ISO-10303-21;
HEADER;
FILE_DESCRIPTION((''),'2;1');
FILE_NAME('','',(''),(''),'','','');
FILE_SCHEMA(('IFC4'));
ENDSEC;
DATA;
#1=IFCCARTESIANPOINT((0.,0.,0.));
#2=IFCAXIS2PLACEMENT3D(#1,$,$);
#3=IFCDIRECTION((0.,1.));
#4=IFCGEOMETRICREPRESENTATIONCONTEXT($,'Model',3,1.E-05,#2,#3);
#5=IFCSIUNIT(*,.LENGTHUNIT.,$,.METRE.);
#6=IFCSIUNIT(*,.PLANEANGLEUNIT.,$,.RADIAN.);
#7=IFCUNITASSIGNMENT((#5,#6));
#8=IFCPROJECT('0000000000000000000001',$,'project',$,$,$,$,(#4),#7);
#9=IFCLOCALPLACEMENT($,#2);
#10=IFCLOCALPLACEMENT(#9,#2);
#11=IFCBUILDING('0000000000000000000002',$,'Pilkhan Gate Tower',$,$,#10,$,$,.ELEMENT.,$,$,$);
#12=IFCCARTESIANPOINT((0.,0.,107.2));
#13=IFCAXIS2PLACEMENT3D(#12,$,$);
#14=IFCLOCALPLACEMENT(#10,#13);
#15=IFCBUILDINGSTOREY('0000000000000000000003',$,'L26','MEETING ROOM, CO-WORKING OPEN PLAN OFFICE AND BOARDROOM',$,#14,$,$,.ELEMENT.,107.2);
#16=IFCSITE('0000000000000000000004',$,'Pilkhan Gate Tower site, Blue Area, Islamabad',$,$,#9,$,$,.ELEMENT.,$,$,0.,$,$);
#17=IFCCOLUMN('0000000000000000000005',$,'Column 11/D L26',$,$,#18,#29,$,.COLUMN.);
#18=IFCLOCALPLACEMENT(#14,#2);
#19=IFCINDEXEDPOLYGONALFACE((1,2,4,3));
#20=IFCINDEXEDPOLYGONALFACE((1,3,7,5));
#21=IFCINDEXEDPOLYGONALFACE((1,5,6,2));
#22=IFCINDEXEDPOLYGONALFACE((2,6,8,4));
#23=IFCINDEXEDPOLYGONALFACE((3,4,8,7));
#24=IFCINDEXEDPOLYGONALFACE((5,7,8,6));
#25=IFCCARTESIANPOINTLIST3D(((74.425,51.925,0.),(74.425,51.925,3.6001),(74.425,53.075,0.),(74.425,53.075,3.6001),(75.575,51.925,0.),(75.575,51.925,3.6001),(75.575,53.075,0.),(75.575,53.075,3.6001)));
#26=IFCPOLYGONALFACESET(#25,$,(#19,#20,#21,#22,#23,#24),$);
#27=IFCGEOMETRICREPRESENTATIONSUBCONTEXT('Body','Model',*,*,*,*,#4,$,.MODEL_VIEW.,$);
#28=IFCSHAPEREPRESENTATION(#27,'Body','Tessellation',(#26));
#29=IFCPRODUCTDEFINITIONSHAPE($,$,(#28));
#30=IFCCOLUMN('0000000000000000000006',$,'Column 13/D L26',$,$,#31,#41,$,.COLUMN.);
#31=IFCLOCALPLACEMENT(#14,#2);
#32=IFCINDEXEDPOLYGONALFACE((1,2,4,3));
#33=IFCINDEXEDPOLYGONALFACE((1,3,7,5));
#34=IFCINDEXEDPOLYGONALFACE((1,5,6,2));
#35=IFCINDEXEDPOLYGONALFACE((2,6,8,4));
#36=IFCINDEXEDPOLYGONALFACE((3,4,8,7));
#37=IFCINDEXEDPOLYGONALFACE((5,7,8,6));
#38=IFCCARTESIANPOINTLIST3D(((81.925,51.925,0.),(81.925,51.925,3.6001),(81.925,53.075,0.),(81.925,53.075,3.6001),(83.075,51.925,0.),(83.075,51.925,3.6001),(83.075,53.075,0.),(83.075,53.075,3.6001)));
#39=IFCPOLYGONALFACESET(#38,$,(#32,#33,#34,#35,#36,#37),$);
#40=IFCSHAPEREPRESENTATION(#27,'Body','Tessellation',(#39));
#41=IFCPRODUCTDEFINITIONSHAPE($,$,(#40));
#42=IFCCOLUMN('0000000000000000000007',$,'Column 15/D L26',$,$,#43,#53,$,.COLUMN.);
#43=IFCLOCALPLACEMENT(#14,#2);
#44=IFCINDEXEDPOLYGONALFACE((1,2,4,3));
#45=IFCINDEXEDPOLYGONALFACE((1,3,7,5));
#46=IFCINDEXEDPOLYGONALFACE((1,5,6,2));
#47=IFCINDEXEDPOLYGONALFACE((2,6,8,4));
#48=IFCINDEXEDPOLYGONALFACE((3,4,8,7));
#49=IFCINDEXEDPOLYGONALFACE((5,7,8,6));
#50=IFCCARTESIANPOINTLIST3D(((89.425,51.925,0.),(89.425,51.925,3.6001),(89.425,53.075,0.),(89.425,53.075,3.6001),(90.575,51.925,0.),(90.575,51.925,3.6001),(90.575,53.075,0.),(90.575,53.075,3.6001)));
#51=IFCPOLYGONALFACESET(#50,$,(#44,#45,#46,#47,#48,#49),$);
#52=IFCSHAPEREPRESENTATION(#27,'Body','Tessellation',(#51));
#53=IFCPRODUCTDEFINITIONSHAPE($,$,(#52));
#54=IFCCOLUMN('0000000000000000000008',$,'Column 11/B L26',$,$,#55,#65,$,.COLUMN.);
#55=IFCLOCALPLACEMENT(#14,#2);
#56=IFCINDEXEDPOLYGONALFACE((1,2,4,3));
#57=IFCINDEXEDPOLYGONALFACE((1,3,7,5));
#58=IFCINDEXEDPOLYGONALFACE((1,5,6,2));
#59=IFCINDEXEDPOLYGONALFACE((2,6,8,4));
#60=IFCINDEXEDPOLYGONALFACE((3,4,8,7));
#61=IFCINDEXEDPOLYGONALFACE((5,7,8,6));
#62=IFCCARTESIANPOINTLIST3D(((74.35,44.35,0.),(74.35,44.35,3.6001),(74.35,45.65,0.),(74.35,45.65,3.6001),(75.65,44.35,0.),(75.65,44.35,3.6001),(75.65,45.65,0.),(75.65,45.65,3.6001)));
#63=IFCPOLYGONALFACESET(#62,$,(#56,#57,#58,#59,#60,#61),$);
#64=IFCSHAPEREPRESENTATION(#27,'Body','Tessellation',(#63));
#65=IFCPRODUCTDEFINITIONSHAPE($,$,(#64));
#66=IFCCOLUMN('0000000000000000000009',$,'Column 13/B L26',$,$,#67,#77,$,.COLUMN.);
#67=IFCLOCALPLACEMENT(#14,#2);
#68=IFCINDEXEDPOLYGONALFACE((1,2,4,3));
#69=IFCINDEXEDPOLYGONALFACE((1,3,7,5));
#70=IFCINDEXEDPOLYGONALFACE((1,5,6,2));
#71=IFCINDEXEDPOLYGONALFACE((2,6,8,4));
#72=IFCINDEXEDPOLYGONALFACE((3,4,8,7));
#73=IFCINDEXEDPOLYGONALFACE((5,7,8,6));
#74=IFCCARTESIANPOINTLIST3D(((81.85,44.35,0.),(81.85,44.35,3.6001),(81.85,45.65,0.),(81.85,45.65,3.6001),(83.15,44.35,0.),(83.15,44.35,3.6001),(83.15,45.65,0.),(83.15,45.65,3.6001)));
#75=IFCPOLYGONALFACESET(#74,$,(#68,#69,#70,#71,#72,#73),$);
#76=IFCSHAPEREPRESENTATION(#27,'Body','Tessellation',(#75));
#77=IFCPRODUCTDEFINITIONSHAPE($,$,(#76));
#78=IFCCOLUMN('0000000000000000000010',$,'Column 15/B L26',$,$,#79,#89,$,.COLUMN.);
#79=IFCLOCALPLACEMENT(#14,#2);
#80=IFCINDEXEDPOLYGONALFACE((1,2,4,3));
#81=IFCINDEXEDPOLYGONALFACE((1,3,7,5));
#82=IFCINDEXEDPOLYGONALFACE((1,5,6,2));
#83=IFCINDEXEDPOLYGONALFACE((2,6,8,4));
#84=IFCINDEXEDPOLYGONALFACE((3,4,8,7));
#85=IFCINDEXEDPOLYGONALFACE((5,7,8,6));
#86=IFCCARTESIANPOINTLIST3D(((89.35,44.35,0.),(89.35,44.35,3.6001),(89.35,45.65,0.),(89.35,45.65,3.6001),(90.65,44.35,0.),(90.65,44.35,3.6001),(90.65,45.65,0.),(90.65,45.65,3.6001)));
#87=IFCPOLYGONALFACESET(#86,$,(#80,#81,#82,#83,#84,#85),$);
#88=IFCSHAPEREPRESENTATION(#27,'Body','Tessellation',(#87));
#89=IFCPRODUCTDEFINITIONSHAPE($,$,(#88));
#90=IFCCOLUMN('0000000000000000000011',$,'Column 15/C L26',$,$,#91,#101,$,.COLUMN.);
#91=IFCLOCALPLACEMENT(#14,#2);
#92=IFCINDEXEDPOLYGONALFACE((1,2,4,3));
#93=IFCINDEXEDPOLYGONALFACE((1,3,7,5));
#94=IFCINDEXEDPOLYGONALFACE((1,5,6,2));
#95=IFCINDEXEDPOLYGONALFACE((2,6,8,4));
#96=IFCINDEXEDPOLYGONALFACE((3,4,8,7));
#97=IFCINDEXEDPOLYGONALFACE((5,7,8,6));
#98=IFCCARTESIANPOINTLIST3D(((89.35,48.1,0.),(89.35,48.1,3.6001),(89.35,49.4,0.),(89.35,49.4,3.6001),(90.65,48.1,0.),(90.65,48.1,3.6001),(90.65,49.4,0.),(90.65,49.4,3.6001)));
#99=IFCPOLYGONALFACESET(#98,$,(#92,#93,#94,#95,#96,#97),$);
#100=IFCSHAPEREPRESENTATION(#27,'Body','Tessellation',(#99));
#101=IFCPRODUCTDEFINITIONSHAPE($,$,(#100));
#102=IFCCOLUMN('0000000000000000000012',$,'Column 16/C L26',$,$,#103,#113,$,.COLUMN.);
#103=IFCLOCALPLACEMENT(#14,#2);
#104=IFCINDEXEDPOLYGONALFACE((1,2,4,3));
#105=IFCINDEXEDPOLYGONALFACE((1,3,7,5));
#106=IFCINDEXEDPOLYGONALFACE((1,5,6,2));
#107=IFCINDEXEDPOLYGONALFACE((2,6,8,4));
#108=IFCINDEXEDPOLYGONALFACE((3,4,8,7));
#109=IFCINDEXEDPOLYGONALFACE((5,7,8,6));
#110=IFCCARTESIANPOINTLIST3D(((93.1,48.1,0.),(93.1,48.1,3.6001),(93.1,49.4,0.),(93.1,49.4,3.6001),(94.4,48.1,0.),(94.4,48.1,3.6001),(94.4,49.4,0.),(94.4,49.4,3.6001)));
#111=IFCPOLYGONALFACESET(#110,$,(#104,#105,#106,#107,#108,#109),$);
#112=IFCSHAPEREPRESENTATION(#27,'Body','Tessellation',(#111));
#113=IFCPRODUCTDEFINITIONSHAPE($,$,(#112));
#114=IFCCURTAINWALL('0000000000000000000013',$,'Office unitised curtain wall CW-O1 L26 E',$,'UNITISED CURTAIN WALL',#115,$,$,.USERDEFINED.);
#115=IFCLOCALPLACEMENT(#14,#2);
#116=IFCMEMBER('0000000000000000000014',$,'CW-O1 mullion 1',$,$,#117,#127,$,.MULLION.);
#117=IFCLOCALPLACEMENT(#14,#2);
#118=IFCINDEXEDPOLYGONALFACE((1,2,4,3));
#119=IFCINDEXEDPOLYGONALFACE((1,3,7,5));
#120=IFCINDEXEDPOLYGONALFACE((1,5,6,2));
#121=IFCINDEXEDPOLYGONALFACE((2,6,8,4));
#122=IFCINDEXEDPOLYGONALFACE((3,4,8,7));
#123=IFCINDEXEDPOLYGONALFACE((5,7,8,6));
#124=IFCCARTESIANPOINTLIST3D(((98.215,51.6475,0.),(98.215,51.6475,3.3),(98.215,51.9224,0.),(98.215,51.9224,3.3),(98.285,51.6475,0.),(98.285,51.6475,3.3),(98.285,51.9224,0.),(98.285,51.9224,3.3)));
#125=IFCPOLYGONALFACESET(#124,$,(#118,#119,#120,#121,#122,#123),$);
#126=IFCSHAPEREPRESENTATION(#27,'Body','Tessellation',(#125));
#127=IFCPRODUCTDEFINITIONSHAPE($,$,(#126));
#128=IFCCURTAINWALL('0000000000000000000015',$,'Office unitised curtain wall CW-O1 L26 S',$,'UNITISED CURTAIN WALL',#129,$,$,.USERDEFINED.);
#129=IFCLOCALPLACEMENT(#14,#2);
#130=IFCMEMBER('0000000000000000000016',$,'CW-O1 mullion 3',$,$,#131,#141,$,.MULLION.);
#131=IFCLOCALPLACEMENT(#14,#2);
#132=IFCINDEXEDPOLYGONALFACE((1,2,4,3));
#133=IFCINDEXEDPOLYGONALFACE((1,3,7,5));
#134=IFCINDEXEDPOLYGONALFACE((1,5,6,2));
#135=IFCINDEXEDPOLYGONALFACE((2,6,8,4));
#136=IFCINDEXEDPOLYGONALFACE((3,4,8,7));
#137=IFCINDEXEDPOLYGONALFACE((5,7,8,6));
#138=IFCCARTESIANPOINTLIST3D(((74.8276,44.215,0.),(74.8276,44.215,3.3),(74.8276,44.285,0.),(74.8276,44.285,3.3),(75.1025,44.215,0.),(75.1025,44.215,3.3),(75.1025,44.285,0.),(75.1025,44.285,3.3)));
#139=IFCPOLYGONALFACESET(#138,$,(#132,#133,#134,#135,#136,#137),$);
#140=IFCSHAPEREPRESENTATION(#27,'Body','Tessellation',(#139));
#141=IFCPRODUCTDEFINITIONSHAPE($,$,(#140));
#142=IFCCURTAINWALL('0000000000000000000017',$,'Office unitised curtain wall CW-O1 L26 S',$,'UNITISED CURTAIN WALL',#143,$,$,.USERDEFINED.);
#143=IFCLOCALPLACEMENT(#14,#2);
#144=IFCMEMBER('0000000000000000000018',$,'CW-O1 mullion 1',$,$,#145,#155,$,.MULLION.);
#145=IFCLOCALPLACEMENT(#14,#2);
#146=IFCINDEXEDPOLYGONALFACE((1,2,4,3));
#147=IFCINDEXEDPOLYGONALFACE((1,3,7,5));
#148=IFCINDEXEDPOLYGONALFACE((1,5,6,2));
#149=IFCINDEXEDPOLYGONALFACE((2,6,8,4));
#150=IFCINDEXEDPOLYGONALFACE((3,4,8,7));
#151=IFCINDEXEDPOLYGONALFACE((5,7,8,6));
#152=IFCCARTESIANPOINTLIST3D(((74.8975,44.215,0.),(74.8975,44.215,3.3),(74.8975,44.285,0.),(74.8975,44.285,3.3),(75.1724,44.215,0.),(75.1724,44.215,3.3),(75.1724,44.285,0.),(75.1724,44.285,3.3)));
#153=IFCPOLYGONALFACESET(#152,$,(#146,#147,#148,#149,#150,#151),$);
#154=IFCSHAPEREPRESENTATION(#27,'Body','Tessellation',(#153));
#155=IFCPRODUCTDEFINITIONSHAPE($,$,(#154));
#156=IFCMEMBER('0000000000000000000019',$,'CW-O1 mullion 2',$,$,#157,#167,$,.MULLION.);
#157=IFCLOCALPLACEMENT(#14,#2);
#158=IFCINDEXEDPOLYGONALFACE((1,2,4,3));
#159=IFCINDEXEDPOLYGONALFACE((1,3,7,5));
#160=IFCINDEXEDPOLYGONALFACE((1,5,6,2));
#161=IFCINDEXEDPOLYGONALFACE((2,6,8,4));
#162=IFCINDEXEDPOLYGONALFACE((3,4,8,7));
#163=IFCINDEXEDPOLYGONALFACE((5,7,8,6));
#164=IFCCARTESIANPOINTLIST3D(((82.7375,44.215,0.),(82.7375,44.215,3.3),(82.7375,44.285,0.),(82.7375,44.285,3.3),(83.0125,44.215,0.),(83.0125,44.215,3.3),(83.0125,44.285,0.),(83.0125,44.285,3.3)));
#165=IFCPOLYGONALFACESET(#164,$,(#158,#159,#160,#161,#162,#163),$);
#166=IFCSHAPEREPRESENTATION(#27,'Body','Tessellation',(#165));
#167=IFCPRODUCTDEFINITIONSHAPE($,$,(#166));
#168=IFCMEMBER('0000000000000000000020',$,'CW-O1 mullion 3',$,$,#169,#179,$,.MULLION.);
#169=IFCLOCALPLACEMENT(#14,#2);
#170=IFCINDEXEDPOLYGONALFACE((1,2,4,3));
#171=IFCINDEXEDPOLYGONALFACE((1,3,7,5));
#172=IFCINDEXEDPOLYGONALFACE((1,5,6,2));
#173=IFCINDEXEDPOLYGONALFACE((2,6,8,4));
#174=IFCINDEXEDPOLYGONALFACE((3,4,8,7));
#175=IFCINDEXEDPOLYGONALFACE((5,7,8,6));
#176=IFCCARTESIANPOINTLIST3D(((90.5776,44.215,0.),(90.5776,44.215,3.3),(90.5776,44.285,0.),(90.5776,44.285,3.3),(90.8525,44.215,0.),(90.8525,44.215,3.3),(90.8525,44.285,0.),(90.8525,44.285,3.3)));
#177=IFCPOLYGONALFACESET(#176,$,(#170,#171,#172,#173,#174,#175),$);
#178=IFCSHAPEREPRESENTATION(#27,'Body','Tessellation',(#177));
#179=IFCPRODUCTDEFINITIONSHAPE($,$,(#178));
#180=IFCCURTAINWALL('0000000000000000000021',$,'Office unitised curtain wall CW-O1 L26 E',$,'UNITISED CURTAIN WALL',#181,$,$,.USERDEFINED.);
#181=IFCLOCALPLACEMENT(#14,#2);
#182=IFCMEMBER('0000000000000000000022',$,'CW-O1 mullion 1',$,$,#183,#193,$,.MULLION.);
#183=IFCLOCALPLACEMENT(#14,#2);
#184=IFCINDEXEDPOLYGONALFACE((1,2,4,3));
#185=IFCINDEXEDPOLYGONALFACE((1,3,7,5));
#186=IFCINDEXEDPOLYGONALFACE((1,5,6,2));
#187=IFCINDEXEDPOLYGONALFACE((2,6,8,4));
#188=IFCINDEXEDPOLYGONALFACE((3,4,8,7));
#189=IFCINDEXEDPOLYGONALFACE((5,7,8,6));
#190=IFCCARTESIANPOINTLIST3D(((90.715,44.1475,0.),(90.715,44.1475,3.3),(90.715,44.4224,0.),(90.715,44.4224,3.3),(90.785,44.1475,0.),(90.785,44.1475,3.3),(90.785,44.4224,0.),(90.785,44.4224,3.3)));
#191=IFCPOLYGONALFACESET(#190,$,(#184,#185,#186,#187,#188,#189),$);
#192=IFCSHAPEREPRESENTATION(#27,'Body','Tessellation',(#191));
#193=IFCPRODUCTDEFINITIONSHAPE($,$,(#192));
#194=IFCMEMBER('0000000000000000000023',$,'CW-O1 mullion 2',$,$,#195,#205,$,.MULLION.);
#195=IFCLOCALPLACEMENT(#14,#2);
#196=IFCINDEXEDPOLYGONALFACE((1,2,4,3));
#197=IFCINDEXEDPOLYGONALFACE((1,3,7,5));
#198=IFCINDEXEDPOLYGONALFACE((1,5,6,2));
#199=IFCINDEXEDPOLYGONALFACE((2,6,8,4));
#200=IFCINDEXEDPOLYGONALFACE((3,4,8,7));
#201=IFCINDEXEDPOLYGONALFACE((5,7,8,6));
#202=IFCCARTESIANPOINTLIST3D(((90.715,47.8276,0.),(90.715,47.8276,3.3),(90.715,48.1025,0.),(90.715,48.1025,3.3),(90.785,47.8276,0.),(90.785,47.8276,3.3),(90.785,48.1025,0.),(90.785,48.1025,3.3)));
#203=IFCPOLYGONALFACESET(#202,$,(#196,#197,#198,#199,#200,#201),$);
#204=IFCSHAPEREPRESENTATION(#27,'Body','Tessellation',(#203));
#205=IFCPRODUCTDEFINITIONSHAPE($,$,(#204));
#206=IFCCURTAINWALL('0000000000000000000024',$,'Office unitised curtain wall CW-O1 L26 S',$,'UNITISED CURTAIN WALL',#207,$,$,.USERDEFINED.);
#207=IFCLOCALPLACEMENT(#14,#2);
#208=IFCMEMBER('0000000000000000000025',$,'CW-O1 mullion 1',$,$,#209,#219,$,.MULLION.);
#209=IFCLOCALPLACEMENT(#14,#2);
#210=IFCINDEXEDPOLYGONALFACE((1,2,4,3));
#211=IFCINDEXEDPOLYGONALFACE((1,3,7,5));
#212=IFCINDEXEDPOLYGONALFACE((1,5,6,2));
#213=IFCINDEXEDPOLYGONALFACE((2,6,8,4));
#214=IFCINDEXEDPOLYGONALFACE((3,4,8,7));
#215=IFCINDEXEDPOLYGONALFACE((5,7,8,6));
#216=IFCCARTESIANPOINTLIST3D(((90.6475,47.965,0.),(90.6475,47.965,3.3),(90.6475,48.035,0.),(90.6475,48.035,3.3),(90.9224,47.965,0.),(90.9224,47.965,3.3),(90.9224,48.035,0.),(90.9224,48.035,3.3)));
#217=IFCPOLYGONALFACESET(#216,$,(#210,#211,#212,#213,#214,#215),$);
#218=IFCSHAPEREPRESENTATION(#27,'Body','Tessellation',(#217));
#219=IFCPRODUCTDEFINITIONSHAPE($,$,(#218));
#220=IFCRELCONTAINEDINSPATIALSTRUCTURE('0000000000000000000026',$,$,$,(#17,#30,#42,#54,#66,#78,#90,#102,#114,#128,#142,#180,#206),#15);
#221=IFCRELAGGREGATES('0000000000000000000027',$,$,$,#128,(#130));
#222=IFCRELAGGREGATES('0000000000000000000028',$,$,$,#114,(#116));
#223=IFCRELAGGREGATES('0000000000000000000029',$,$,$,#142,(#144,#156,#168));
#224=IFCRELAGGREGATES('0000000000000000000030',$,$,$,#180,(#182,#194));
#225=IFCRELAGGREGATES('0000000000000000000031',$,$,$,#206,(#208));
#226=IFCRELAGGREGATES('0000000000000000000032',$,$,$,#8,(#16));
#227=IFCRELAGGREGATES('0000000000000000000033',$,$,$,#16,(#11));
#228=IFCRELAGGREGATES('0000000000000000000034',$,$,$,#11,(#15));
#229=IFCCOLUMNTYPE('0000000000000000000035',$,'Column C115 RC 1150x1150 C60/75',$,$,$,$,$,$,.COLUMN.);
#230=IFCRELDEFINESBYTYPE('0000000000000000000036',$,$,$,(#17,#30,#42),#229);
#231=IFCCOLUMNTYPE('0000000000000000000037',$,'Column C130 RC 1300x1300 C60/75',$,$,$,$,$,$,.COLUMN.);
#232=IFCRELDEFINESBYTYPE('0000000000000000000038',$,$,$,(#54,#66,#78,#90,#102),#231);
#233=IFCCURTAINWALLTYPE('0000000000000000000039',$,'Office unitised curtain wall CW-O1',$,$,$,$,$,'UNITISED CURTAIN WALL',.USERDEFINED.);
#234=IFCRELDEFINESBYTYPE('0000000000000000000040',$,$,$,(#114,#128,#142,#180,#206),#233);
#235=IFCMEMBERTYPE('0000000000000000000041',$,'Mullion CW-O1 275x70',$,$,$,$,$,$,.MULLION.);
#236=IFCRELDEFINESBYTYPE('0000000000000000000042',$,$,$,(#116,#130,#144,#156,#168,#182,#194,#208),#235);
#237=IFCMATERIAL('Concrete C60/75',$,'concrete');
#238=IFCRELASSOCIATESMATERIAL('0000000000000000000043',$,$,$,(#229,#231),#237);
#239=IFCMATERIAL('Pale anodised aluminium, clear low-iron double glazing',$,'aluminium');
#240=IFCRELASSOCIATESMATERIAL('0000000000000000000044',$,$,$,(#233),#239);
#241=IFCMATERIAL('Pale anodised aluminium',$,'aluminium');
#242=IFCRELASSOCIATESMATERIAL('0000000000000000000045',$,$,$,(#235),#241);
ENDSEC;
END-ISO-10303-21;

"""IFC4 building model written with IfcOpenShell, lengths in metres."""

from ifc_helpers import new_model, si_unit, direction, frame, origin, origin_2d, place, context, subcontext, project, spatial, rectangle, extrude, material, material_profile, profile_set, type_object, element, aggregate, save


model = new_model("IFC4")

# Units and contexts
model_context = context("Model", 3, precision=1e-05, world=origin(), true_north=direction((0.0, 1.0)))
body_context = subcontext(model_context, "Body", "Model", "MODEL_VIEW")
ifc_project = project(units=[si_unit("LENGTHUNIT", "METRE"), si_unit("PLANEANGLEUNIT", "RADIAN")], contexts=[model_context])

# Site, building, storey
site_placement = place(None, origin())
site = spatial("IfcSite", under=ifc_project, at=site_placement, Name="Pilkhan Gate Tower site, Blue Area, Islamabad", CompositionType="ELEMENT", RefElevation=0.0)
building_placement = place(site_placement, origin())
building = spatial("IfcBuilding", under=site, at=building_placement, Name="Pilkhan Gate Tower", CompositionType="ELEMENT")
storey_placement = place(building_placement, frame((0.0, 0.0, 107.2)))
storey = spatial("IfcBuildingStorey", under=building, at=storey_placement, Name="L26", Description="MEETING ROOM, CO-WORKING OPEN PLAN OFFICE AND BOARDROOM", CompositionType="ELEMENT", Elevation=107.2)

# Columns
ifc_material_1 = material(Name="Concrete C60/75", Category="concrete")
ifc_material_profile_1 = material_profile(ifc_material_1, rectangle(XDim=1.1499, YDim=1.1499, at=origin_2d()), Name="RC 1150x1150")
ifc_profile_set_1 = profile_set([ifc_material_profile_1], Name="Concrete C60/75")
column_type_1 = type_object("IfcColumnType", Name="Column C115 RC 1150x1150 C60/75", PredefinedType="COLUMN", material=ifc_profile_set_1)
for number, where, z_axis, x_axis, name in (
    (1, (75.0, 52.5, 0.0), (0.0, 0.0, 1.0), (1.0, 0.0, 0.0), "Column 11/D L26"),
    (2, (82.5, 52.5, 0.0), (0.0, 0.0, 1.0), (1.0, 0.0, 0.0), "Column 13/D L26"),
    (3, (90.0, 52.5, 0.0), (0.0, 0.0, 1.0), (1.0, 0.0, 0.0), "Column 15/D L26"),
):
    element("IfcColumn", number, at=place(storey_placement, frame(where, z_axis=z_axis, x_axis=x_axis)), inside=storey, type_object=column_type_1, Name=name, PredefinedType="COLUMN", context=body_context, shape_type="SweptSolid", body=[
        extrude(rectangle(XDim=1.1499, YDim=1.1499, at=origin_2d()), origin(), (0.0, 0.0, 1.0), 3.6001),
    ])
ifc_material_profile_2 = material_profile(ifc_material_1, rectangle(XDim=1.3, YDim=1.3, at=origin_2d()), Name="RC 1300x1300")
ifc_profile_set_2 = profile_set([ifc_material_profile_2], Name="Concrete C60/75")
column_type_2 = type_object("IfcColumnType", Name="Column C130 RC 1300x1300 C60/75", PredefinedType="COLUMN", material=ifc_profile_set_2)
for number, where, z_axis, x_axis, name in (
    (4, (75.0, 45.0, 0.0), (0.0, 0.0, 1.0), (1.0, 0.0, 0.0), "Column 11/B L26"),
    (5, (82.5, 45.0, 0.0), (0.0, 0.0, 1.0), (1.0, 0.0, 0.0), "Column 13/B L26"),
    (6, (90.0, 45.0, 0.0), (0.0, 0.0, 1.0), (1.0, 0.0, 0.0), "Column 15/B L26"),
    (7, (90.0, 48.75, 0.0), (0.0, 0.0, 1.0), (1.0, 0.0, 0.0), "Column 15/C L26"),
    (8, (93.75, 48.75, 0.0), (0.0, 0.0, 1.0), (1.0, 0.0, 0.0), "Column 16/C L26"),
):
    element("IfcColumn", number, at=place(storey_placement, frame(where, z_axis=z_axis, x_axis=x_axis)), inside=storey, type_object=column_type_2, Name=name, PredefinedType="COLUMN", context=body_context, shape_type="SweptSolid", body=[
        extrude(rectangle(XDim=1.3, YDim=1.3, at=origin_2d()), origin(), (0.0, 0.0, 1.0), 3.6001),
    ])

# Curtain walls, members
ifc_material_2 = material(Name="Pale anodised aluminium, clear low-iron double glazing", Category="aluminium")
curtain_wall_type = type_object("IfcCurtainWallType", Name="Office unitised curtain wall CW-O1", ElementType="UNITISED CURTAIN WALL", PredefinedType="USERDEFINED", material=ifc_material_2)
curtain_wall_1_placement = place(storey_placement, origin())
curtain_wall_1 = element("IfcCurtainWall", 9, at=curtain_wall_1_placement, inside=storey, type_object=curtain_wall_type, Name="Office unitised curtain wall CW-O1 L26 E", ObjectType="UNITISED CURTAIN WALL", PredefinedType="USERDEFINED")
ifc_material_3 = material(Name="Pale anodised aluminium", Category="aluminium")
ifc_material_profile_3 = material_profile(ifc_material_3, rectangle(XDim=0.0701, YDim=0.2749, at=origin_2d()), Name="Mullion 275x70")
ifc_profile_set_3 = profile_set([ifc_material_profile_3], Name="Pale anodised aluminium")
member_type_1 = type_object("IfcMemberType", Name="Mullion CW-O1 275x70", PredefinedType="MULLION", material=ifc_profile_set_3)
member_1_placement = place(storey_placement, frame((98.25, 51.7849, 0.0), z_axis=(0.0, 0.0, 1.0), x_axis=(-1.0, 0.0, 0.0)))
member_1 = element("IfcMember", 10, at=member_1_placement, type_object=member_type_1, Name="CW-O1 mullion 1", PredefinedType="MULLION", context=body_context, shape_type="SweptSolid", body=[
    extrude(rectangle(XDim=0.0701, YDim=0.2749, at=origin_2d()), origin(), (0.0, 0.0, 1.0), 3.3),
])
curtain_wall_2_placement = place(storey_placement, origin())
curtain_wall_2 = element("IfcCurtainWall", 11, at=curtain_wall_2_placement, inside=storey, type_object=curtain_wall_type, Name="Office unitised curtain wall CW-O1 L26 S", ObjectType="UNITISED CURTAIN WALL", PredefinedType="USERDEFINED")
member_2_placement = place(storey_placement, frame((74.9651, 44.25, 0.0), z_axis=(0.0, 0.0, 1.0), x_axis=(0.0, 1.0, 0.0)))
member_2 = element("IfcMember", 12, at=member_2_placement, type_object=member_type_1, Name="CW-O1 mullion 3", PredefinedType="MULLION", context=body_context, shape_type="SweptSolid", body=[
    extrude(rectangle(XDim=0.0701, YDim=0.2749, at=origin_2d()), origin(), (0.0, 0.0, 1.0), 3.3),
])
aggregate(curtain_wall_2, [member_2])

# Curtain walls, members
curtain_wall_3_placement = place(storey_placement, origin())
curtain_wall_3 = element("IfcCurtainWall", 13, at=curtain_wall_3_placement, inside=storey, type_object=curtain_wall_type, Name="Office unitised curtain wall CW-O1 L26 S", ObjectType="UNITISED CURTAIN WALL", PredefinedType="USERDEFINED")
member_3_placement = place(storey_placement, frame((75.0349, 44.25, 0.0), z_axis=(0.0, 0.0, 1.0), x_axis=(0.0, 1.0, 0.0)))
member_3 = element("IfcMember", 14, at=member_3_placement, type_object=member_type_1, Name="CW-O1 mullion 1", PredefinedType="MULLION", context=body_context, shape_type="SweptSolid", body=[
    extrude(rectangle(XDim=0.0701, YDim=0.2749, at=origin_2d()), origin(), (0.0, 0.0, 1.0), 3.3),
])
member_4_placement = place(storey_placement, frame((82.875, 44.25, 0.0), z_axis=(0.0, 0.0, 1.0), x_axis=(0.0, 1.0, 0.0)))
member_4 = element("IfcMember", 15, at=member_4_placement, type_object=member_type_1, Name="CW-O1 mullion 2", PredefinedType="MULLION", context=body_context, shape_type="SweptSolid", body=[
    extrude(rectangle(XDim=0.0701, YDim=0.2749, at=origin_2d()), origin(), (0.0, 0.0, 1.0), 3.3),
])
member_5_placement = place(storey_placement, frame((90.7151, 44.25, 0.0), z_axis=(0.0, 0.0, 1.0), x_axis=(0.0, 1.0, 0.0)))
member_5 = element("IfcMember", 16, at=member_5_placement, type_object=member_type_1, Name="CW-O1 mullion 3", PredefinedType="MULLION", context=body_context, shape_type="SweptSolid", body=[
    extrude(rectangle(XDim=0.0701, YDim=0.2749, at=origin_2d()), origin(), (0.0, 0.0, 1.0), 3.3),
])
curtain_wall_4_placement = place(storey_placement, origin())
curtain_wall_4 = element("IfcCurtainWall", 17, at=curtain_wall_4_placement, inside=storey, type_object=curtain_wall_type, Name="Office unitised curtain wall CW-O1 L26 E", ObjectType="UNITISED CURTAIN WALL", PredefinedType="USERDEFINED")
member_6_placement = place(storey_placement, frame((90.75, 44.2849, 0.0), z_axis=(0.0, 0.0, 1.0), x_axis=(-1.0, 0.0, 0.0)))
member_6 = element("IfcMember", 18, at=member_6_placement, type_object=member_type_1, Name="CW-O1 mullion 1", PredefinedType="MULLION", context=body_context, shape_type="SweptSolid", body=[
    extrude(rectangle(XDim=0.0701, YDim=0.2749, at=origin_2d()), origin(), (0.0, 0.0, 1.0), 3.3),
])
member_7_placement = place(storey_placement, frame((90.75, 47.9651, 0.0), z_axis=(0.0, 0.0, 1.0), x_axis=(-1.0, 0.0, 0.0)))
member_7 = element("IfcMember", 19, at=member_7_placement, type_object=member_type_1, Name="CW-O1 mullion 2", PredefinedType="MULLION", context=body_context, shape_type="SweptSolid", body=[
    extrude(rectangle(XDim=0.0701, YDim=0.2749, at=origin_2d()), origin(), (0.0, 0.0, 1.0), 3.3),
])
curtain_wall_5_placement = place(storey_placement, origin())
curtain_wall_5 = element("IfcCurtainWall", 20, at=curtain_wall_5_placement, inside=storey, type_object=curtain_wall_type, Name="Office unitised curtain wall CW-O1 L26 S", ObjectType="UNITISED CURTAIN WALL", PredefinedType="USERDEFINED")
member_8_placement = place(storey_placement, frame((90.7849, 48.0, 0.0), z_axis=(0.0, 0.0, 1.0), x_axis=(0.0, 1.0, 0.0)))
member_8 = element("IfcMember", 21, at=member_8_placement, type_object=member_type_1, Name="CW-O1 mullion 1", PredefinedType="MULLION", context=body_context, shape_type="SweptSolid", body=[
    extrude(rectangle(XDim=0.0701, YDim=0.2749, at=origin_2d()), origin(), (0.0, 0.0, 1.0), 3.3),
])

aggregate(curtain_wall_1, [member_1])

aggregate(curtain_wall_3, [member_3, member_4, member_5])
aggregate(curtain_wall_4, [member_6, member_7])
aggregate(curtain_wall_5, [member_8])

save(model, "model.ifc")
